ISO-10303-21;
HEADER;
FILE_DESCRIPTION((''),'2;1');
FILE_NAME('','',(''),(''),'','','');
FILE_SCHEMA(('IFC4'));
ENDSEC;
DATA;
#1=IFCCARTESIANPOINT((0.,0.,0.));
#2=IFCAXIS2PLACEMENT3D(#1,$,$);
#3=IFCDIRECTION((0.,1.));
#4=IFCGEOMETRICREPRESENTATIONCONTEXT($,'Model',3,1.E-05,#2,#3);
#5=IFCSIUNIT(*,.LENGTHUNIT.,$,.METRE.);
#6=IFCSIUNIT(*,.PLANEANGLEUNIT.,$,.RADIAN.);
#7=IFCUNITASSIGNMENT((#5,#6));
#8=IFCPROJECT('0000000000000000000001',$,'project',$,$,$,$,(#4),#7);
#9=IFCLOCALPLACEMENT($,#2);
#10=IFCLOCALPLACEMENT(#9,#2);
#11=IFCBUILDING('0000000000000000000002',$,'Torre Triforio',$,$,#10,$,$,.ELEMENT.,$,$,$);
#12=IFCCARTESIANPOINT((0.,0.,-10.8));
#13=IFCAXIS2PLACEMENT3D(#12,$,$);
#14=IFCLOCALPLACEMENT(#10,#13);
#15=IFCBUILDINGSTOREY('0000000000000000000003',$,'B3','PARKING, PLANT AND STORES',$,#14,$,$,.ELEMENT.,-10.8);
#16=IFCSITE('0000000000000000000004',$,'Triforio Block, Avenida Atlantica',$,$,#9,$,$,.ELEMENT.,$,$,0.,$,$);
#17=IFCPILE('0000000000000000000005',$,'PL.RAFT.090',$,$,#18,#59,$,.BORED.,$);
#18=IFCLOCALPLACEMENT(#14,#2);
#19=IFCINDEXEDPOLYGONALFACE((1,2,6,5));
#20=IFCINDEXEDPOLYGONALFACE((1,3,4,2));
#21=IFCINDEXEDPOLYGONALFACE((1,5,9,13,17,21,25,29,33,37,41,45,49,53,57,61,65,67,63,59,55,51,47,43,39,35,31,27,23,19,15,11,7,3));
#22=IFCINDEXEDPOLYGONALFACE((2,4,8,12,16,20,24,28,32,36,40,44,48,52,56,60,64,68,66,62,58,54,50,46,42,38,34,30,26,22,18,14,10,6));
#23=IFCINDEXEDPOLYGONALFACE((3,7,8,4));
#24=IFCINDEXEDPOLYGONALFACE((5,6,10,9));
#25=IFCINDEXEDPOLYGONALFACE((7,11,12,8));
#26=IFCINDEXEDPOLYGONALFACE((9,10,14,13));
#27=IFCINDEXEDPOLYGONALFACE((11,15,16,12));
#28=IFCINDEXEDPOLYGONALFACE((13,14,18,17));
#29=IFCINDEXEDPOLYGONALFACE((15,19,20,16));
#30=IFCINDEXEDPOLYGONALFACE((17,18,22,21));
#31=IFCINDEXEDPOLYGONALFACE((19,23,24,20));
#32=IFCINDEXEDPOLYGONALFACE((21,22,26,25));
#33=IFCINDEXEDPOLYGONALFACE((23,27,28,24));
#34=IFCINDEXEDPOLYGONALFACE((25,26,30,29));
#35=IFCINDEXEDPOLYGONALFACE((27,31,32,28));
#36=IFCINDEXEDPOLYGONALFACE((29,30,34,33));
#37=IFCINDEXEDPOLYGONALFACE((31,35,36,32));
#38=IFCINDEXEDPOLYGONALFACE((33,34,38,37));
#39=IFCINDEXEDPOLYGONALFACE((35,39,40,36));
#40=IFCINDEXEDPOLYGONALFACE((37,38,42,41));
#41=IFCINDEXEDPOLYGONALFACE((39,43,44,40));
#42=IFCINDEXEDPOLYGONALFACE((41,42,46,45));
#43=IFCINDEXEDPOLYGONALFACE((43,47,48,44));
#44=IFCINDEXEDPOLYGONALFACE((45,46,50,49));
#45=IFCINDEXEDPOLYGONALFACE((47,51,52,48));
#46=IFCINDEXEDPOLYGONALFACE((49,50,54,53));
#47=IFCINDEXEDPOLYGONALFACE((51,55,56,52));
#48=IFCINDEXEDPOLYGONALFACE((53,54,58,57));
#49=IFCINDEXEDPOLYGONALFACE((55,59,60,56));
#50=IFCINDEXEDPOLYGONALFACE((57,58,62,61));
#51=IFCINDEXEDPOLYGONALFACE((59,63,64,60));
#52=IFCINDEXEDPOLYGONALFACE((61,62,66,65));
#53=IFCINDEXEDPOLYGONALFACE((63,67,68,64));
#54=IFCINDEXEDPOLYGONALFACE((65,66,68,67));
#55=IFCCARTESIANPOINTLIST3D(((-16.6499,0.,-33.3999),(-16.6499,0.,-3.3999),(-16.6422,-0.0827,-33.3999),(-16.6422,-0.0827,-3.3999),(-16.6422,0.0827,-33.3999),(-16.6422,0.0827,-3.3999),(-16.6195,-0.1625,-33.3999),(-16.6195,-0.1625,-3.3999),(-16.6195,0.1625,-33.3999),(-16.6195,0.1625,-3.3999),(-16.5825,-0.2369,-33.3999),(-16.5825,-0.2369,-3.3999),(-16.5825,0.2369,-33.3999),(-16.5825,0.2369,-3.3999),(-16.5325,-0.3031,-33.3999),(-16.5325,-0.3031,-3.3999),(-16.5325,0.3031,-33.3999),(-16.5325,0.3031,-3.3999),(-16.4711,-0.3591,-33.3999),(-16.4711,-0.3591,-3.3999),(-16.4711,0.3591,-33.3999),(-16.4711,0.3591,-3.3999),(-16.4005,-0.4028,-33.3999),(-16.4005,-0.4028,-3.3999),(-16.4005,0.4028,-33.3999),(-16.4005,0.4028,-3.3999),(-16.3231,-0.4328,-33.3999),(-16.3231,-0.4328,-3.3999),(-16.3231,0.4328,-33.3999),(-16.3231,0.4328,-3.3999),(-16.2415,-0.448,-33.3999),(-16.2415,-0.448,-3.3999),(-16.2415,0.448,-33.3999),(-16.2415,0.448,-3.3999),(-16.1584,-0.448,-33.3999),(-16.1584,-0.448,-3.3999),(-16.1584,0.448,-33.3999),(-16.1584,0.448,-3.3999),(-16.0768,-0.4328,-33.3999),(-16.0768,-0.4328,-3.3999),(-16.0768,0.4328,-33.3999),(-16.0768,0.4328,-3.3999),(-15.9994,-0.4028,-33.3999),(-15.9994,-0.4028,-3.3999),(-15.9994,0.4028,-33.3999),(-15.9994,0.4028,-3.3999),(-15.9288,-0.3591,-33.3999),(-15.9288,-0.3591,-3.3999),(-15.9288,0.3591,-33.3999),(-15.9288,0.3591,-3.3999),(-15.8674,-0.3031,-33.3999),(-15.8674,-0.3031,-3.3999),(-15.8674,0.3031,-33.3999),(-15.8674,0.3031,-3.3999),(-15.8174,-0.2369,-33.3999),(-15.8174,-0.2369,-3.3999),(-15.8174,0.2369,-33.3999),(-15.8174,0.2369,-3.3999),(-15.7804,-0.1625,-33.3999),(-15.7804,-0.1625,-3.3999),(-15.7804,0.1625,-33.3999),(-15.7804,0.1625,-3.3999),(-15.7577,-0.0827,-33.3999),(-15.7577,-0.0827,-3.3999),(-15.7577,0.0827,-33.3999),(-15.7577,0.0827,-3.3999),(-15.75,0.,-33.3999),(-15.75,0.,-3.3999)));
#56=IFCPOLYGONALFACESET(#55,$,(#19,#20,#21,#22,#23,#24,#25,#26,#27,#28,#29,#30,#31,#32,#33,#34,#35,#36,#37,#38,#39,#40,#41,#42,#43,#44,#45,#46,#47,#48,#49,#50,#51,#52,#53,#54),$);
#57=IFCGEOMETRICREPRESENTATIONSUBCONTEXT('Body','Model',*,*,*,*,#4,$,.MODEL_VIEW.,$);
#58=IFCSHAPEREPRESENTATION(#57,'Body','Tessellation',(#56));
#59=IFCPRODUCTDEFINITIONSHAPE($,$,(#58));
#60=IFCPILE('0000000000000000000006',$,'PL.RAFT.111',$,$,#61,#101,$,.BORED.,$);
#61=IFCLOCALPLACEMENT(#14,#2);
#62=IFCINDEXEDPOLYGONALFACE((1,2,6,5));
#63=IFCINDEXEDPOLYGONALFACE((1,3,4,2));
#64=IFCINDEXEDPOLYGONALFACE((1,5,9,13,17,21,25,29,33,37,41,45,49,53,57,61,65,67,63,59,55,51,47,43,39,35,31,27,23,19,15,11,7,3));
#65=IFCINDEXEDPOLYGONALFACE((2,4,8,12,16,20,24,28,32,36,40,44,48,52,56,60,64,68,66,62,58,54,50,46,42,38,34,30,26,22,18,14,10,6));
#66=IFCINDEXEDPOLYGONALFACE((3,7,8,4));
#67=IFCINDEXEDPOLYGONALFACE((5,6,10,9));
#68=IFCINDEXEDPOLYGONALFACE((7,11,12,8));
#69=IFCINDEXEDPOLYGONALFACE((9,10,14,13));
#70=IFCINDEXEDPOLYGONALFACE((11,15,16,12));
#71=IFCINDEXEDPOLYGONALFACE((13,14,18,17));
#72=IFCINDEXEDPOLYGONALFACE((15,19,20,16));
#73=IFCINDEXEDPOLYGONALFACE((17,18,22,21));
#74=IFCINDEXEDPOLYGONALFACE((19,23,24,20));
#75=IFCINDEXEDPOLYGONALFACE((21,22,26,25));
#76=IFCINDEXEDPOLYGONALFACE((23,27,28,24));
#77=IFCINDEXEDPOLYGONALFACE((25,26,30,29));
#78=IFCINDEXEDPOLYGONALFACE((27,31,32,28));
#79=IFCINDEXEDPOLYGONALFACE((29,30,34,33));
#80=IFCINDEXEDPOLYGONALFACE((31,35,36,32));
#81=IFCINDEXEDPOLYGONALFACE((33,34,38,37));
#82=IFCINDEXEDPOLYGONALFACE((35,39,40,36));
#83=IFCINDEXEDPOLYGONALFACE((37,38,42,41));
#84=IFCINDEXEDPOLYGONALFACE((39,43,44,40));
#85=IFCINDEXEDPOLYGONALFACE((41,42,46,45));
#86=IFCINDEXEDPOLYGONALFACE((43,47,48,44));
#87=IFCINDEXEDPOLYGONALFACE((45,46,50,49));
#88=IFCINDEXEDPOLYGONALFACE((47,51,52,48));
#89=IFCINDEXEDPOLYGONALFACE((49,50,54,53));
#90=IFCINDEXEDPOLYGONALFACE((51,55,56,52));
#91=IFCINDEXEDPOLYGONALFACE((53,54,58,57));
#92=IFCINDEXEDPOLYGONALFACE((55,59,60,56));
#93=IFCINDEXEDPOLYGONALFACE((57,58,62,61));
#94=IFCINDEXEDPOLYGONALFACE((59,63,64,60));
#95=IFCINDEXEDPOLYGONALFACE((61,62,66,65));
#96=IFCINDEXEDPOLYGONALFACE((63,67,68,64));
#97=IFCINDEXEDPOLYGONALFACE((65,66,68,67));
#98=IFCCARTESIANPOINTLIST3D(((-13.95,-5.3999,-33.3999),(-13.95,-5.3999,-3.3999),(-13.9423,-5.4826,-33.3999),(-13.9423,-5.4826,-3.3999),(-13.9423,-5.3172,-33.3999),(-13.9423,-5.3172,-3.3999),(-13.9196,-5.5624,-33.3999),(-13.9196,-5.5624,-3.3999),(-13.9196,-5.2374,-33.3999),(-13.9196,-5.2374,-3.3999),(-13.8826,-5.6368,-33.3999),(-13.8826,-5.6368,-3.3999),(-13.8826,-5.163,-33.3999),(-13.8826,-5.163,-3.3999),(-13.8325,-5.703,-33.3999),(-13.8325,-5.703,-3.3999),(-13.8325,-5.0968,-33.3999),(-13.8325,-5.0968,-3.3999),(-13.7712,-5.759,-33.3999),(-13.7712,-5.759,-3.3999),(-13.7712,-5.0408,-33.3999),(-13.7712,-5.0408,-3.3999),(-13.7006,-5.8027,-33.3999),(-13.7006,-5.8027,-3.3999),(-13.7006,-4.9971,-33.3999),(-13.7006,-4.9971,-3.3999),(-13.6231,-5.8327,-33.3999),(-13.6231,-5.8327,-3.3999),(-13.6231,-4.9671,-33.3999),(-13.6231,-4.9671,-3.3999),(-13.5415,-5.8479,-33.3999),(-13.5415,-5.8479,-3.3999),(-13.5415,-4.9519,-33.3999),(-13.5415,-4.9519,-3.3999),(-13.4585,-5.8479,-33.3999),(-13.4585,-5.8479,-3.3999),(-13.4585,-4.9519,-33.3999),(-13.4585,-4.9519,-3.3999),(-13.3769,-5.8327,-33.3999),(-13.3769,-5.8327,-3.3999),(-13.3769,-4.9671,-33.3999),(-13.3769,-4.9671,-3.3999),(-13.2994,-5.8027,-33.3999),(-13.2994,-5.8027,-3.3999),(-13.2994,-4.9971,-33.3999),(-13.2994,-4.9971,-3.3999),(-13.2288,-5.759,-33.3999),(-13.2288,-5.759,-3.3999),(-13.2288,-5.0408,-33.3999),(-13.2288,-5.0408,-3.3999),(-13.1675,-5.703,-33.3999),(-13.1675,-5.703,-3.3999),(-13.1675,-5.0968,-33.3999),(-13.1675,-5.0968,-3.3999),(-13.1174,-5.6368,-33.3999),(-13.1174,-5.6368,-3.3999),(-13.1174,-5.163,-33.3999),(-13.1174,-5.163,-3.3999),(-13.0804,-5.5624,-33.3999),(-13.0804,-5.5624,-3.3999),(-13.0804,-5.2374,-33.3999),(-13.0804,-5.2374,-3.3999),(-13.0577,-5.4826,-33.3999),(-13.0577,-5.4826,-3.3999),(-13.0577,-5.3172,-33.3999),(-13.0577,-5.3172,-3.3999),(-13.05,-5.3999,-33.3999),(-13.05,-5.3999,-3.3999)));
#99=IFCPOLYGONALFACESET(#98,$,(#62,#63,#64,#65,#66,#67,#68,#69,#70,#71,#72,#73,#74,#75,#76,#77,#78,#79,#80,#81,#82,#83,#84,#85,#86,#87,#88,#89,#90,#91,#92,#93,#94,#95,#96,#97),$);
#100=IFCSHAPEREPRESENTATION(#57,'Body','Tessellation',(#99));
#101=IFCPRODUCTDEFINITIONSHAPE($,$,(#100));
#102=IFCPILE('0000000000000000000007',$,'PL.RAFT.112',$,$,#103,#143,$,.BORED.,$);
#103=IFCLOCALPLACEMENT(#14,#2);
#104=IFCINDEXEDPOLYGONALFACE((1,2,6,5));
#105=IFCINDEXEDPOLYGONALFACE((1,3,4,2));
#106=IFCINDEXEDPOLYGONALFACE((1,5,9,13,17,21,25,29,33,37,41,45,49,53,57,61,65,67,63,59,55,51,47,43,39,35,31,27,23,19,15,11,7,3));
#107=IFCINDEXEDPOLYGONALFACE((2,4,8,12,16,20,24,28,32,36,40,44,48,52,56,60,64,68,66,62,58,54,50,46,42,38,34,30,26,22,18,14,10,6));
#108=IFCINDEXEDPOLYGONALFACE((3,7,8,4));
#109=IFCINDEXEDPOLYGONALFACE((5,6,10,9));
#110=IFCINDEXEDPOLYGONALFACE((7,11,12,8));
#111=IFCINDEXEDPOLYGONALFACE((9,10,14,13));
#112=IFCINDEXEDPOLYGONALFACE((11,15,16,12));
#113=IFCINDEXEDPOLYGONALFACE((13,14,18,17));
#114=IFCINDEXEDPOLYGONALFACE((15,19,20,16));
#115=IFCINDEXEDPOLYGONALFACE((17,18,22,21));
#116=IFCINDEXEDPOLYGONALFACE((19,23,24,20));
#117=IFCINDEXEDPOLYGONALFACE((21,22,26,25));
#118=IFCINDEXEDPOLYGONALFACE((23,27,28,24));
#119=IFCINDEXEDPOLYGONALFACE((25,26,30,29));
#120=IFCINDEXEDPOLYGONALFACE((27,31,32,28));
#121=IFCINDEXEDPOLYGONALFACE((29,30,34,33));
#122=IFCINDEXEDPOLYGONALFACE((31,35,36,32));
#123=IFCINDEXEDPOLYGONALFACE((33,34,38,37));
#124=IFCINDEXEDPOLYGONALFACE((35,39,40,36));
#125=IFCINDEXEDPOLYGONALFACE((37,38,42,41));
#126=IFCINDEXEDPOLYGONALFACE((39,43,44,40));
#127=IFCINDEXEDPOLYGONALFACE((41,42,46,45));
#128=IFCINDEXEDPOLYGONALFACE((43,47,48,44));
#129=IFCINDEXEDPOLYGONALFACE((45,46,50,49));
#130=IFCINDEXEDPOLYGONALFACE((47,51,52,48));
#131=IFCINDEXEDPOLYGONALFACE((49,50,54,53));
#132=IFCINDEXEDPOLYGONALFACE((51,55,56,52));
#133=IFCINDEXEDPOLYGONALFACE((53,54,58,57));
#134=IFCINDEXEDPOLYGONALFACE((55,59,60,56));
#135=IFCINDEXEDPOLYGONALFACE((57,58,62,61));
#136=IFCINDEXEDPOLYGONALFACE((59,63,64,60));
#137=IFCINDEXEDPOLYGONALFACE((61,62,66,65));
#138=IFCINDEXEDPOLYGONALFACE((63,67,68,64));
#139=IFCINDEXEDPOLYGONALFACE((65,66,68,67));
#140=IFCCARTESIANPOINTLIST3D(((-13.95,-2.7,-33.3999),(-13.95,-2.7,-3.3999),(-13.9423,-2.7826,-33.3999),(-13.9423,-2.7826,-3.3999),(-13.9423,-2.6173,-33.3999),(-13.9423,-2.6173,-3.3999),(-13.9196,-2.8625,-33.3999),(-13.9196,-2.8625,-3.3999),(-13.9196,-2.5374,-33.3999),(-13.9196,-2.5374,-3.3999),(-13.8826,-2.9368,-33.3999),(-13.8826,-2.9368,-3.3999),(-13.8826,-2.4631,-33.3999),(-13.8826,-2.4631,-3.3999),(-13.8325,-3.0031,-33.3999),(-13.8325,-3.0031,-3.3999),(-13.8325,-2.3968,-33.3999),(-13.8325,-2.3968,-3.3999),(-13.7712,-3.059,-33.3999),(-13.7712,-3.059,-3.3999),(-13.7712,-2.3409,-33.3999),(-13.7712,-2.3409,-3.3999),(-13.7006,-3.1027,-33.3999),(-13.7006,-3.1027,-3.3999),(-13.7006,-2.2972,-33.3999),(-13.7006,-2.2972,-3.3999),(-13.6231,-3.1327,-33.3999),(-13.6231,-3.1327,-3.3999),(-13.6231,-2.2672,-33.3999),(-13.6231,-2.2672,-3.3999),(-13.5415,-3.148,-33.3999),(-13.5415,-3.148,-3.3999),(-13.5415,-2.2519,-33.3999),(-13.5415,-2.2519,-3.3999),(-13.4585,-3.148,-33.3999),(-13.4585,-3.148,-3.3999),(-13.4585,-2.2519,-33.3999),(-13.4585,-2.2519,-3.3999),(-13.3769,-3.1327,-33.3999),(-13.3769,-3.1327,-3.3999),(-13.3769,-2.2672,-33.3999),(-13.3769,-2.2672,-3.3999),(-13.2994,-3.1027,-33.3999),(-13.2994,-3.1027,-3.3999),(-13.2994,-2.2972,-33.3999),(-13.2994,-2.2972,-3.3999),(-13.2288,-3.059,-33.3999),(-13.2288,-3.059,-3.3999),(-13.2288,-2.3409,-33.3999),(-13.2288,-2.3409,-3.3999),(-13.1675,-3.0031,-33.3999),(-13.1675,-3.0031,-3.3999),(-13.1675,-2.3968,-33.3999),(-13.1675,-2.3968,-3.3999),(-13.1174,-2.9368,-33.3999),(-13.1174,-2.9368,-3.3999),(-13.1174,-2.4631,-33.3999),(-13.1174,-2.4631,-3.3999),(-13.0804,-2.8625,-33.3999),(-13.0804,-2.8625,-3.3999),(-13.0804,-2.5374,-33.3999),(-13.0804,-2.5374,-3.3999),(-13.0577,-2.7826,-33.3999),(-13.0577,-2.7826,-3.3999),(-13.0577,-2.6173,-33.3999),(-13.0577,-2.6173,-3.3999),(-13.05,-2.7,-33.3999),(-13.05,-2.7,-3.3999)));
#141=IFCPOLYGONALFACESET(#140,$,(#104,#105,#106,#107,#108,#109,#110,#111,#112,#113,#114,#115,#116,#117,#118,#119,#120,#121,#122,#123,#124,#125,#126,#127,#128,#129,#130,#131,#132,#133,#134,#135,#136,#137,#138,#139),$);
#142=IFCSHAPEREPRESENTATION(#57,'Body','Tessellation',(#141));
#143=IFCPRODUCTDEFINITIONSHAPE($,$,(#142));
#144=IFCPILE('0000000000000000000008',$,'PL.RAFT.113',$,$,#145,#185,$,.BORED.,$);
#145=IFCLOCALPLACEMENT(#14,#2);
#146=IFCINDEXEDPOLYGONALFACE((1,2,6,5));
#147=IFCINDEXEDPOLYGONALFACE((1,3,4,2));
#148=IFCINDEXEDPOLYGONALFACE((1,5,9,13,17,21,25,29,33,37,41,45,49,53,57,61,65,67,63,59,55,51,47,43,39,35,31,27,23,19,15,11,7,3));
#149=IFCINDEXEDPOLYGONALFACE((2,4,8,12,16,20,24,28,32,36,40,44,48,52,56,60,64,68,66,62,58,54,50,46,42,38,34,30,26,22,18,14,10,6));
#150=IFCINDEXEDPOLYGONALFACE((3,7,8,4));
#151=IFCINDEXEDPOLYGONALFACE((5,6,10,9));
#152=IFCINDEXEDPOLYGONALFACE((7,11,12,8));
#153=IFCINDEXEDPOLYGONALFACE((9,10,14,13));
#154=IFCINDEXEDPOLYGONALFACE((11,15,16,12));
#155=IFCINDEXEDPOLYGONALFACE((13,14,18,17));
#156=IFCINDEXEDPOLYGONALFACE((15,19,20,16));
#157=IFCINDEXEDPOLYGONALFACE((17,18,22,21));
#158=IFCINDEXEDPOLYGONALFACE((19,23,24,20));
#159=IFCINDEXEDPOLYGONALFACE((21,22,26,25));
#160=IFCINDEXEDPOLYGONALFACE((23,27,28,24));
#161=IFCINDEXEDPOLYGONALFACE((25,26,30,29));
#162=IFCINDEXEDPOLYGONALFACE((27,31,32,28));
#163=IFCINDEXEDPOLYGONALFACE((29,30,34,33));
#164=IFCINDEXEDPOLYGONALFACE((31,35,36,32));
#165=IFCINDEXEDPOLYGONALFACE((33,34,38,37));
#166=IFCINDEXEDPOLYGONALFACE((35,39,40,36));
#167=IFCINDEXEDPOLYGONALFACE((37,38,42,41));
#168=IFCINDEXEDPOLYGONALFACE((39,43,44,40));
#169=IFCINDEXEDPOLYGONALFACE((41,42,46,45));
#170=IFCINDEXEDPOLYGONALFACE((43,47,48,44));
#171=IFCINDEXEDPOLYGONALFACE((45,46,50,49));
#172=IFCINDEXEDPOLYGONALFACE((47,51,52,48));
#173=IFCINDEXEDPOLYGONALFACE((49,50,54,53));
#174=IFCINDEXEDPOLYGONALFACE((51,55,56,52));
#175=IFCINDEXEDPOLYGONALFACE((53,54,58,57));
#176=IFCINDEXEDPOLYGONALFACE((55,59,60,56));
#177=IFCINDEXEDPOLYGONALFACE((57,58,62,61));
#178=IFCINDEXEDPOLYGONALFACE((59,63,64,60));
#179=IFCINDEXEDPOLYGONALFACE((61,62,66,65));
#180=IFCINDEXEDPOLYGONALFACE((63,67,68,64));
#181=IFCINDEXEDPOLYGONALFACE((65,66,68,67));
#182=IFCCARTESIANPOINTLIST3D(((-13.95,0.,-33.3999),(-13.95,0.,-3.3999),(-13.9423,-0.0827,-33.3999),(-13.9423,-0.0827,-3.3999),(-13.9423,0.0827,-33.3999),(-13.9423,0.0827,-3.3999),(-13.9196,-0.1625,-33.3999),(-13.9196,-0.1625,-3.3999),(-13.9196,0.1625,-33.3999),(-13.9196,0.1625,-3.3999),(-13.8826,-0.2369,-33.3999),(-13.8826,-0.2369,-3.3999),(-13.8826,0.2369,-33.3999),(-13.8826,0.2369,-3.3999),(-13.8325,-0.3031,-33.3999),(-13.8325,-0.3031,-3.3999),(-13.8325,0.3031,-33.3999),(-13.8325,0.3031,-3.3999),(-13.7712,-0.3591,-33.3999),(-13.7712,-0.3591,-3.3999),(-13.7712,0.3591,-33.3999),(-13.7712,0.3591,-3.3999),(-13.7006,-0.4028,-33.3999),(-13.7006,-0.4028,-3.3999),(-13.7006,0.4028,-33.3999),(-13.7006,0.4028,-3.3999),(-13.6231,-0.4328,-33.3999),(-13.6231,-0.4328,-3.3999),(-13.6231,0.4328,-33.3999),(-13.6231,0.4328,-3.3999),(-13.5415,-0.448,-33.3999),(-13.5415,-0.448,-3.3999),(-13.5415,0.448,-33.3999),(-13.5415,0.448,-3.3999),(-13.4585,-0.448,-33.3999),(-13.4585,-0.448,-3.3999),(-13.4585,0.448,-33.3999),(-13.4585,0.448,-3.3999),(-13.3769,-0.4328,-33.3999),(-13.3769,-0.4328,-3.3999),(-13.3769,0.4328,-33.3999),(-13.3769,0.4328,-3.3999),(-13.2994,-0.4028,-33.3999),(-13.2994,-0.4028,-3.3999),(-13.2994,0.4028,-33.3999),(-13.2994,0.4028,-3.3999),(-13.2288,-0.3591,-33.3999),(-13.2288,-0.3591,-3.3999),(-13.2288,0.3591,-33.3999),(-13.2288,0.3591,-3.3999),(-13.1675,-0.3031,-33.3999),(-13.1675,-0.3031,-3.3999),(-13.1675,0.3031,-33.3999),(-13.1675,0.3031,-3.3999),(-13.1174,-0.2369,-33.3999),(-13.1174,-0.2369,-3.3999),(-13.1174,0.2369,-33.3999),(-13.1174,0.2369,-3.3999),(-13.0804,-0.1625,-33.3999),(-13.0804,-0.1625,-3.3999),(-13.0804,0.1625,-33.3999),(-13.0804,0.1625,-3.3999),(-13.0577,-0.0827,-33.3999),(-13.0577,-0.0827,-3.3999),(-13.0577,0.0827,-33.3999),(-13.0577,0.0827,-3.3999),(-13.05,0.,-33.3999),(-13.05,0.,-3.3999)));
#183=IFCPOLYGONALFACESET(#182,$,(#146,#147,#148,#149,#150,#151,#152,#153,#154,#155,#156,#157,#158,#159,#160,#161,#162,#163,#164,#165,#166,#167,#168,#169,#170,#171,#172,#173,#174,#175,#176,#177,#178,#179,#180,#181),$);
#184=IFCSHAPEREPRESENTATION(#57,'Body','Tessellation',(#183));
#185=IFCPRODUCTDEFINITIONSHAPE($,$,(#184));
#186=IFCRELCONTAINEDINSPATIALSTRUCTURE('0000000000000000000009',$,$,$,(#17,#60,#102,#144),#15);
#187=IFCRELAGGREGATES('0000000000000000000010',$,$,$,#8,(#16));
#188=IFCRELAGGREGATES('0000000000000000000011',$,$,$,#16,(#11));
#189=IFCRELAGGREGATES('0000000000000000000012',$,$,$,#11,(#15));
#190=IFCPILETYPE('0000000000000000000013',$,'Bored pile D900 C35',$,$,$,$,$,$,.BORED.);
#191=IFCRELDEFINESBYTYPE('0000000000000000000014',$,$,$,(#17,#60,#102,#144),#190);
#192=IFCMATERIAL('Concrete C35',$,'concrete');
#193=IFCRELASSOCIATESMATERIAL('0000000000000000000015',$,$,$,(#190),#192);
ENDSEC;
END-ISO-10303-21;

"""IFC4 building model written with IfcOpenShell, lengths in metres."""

from ifc_helpers import new_model, si_unit, direction, frame, origin, origin_2d, place, context, subcontext, project, spatial, circle, extrude, material, material_profile, profile_set, type_object, element, save


model = new_model("IFC4")

# Units and contexts
model_context = context("Model", 3, precision=1e-05, world=origin(), true_north=direction((0.0, 1.0)))
body_context = subcontext(model_context, "Body", "Model", "MODEL_VIEW")
ifc_project = project(units=[si_unit("LENGTHUNIT", "METRE"), si_unit("PLANEANGLEUNIT", "RADIAN")], contexts=[model_context])

# Site, building, storey
site_placement = place(None, origin())
site = spatial("IfcSite", under=ifc_project, at=site_placement, Name="Triforio Block, Avenida Atlantica", CompositionType="ELEMENT", RefElevation=0.0)
building_placement = place(site_placement, origin())
building = spatial("IfcBuilding", under=site, at=building_placement, Name="Torre Triforio", CompositionType="ELEMENT")
storey_placement = place(building_placement, frame((0.0, 0.0, -10.8)))
storey = spatial("IfcBuildingStorey", under=building, at=storey_placement, Name="B3", Description="PARKING, PLANT AND STORES", CompositionType="ELEMENT", Elevation=-10.8)

# Piles
ifc_material_1 = material(Name="Concrete C35", Category="concrete")
ifc_material_profile_1 = material_profile(ifc_material_1, circle(Radius=0.45, at=origin_2d()), Name="RC D900")
ifc_profile_set_1 = profile_set([ifc_material_profile_1], Name="Concrete C35")
pile_type = type_object("IfcPileType", Name="Bored pile D900 C35", PredefinedType="BORED", material=ifc_profile_set_1)
for number, where, z_axis, x_axis, name in (
    (1, (-16.2, 0.0, -3.3999), (0.0, 0.0, -1.0), (1.0, 0.0, 0.0), "PL.RAFT.090"),
    (2, (-13.5, -5.3999, -3.3999), (0.0, 0.0, -1.0), (1.0, 0.0, 0.0), "PL.RAFT.111"),
    (3, (-13.5, -2.7, -3.3999), (0.0, 0.0, -1.0), (1.0, 0.0, 0.0), "PL.RAFT.112"),
    (4, (-13.5, 0.0, -3.3999), (0.0, 0.0, -1.0), (1.0, 0.0, 0.0), "PL.RAFT.113"),
):
    element("IfcPile", number, at=place(storey_placement, frame(where, z_axis=z_axis, x_axis=x_axis)), inside=storey, type_object=pile_type, Name=name, PredefinedType="BORED", context=body_context, shape_type="SweptSolid", body=[
        extrude(circle(Radius=0.45, at=origin_2d()), origin(), (0.0, 0.0, 1.0), 30.0),
    ])

save(model, "model.ifc")
